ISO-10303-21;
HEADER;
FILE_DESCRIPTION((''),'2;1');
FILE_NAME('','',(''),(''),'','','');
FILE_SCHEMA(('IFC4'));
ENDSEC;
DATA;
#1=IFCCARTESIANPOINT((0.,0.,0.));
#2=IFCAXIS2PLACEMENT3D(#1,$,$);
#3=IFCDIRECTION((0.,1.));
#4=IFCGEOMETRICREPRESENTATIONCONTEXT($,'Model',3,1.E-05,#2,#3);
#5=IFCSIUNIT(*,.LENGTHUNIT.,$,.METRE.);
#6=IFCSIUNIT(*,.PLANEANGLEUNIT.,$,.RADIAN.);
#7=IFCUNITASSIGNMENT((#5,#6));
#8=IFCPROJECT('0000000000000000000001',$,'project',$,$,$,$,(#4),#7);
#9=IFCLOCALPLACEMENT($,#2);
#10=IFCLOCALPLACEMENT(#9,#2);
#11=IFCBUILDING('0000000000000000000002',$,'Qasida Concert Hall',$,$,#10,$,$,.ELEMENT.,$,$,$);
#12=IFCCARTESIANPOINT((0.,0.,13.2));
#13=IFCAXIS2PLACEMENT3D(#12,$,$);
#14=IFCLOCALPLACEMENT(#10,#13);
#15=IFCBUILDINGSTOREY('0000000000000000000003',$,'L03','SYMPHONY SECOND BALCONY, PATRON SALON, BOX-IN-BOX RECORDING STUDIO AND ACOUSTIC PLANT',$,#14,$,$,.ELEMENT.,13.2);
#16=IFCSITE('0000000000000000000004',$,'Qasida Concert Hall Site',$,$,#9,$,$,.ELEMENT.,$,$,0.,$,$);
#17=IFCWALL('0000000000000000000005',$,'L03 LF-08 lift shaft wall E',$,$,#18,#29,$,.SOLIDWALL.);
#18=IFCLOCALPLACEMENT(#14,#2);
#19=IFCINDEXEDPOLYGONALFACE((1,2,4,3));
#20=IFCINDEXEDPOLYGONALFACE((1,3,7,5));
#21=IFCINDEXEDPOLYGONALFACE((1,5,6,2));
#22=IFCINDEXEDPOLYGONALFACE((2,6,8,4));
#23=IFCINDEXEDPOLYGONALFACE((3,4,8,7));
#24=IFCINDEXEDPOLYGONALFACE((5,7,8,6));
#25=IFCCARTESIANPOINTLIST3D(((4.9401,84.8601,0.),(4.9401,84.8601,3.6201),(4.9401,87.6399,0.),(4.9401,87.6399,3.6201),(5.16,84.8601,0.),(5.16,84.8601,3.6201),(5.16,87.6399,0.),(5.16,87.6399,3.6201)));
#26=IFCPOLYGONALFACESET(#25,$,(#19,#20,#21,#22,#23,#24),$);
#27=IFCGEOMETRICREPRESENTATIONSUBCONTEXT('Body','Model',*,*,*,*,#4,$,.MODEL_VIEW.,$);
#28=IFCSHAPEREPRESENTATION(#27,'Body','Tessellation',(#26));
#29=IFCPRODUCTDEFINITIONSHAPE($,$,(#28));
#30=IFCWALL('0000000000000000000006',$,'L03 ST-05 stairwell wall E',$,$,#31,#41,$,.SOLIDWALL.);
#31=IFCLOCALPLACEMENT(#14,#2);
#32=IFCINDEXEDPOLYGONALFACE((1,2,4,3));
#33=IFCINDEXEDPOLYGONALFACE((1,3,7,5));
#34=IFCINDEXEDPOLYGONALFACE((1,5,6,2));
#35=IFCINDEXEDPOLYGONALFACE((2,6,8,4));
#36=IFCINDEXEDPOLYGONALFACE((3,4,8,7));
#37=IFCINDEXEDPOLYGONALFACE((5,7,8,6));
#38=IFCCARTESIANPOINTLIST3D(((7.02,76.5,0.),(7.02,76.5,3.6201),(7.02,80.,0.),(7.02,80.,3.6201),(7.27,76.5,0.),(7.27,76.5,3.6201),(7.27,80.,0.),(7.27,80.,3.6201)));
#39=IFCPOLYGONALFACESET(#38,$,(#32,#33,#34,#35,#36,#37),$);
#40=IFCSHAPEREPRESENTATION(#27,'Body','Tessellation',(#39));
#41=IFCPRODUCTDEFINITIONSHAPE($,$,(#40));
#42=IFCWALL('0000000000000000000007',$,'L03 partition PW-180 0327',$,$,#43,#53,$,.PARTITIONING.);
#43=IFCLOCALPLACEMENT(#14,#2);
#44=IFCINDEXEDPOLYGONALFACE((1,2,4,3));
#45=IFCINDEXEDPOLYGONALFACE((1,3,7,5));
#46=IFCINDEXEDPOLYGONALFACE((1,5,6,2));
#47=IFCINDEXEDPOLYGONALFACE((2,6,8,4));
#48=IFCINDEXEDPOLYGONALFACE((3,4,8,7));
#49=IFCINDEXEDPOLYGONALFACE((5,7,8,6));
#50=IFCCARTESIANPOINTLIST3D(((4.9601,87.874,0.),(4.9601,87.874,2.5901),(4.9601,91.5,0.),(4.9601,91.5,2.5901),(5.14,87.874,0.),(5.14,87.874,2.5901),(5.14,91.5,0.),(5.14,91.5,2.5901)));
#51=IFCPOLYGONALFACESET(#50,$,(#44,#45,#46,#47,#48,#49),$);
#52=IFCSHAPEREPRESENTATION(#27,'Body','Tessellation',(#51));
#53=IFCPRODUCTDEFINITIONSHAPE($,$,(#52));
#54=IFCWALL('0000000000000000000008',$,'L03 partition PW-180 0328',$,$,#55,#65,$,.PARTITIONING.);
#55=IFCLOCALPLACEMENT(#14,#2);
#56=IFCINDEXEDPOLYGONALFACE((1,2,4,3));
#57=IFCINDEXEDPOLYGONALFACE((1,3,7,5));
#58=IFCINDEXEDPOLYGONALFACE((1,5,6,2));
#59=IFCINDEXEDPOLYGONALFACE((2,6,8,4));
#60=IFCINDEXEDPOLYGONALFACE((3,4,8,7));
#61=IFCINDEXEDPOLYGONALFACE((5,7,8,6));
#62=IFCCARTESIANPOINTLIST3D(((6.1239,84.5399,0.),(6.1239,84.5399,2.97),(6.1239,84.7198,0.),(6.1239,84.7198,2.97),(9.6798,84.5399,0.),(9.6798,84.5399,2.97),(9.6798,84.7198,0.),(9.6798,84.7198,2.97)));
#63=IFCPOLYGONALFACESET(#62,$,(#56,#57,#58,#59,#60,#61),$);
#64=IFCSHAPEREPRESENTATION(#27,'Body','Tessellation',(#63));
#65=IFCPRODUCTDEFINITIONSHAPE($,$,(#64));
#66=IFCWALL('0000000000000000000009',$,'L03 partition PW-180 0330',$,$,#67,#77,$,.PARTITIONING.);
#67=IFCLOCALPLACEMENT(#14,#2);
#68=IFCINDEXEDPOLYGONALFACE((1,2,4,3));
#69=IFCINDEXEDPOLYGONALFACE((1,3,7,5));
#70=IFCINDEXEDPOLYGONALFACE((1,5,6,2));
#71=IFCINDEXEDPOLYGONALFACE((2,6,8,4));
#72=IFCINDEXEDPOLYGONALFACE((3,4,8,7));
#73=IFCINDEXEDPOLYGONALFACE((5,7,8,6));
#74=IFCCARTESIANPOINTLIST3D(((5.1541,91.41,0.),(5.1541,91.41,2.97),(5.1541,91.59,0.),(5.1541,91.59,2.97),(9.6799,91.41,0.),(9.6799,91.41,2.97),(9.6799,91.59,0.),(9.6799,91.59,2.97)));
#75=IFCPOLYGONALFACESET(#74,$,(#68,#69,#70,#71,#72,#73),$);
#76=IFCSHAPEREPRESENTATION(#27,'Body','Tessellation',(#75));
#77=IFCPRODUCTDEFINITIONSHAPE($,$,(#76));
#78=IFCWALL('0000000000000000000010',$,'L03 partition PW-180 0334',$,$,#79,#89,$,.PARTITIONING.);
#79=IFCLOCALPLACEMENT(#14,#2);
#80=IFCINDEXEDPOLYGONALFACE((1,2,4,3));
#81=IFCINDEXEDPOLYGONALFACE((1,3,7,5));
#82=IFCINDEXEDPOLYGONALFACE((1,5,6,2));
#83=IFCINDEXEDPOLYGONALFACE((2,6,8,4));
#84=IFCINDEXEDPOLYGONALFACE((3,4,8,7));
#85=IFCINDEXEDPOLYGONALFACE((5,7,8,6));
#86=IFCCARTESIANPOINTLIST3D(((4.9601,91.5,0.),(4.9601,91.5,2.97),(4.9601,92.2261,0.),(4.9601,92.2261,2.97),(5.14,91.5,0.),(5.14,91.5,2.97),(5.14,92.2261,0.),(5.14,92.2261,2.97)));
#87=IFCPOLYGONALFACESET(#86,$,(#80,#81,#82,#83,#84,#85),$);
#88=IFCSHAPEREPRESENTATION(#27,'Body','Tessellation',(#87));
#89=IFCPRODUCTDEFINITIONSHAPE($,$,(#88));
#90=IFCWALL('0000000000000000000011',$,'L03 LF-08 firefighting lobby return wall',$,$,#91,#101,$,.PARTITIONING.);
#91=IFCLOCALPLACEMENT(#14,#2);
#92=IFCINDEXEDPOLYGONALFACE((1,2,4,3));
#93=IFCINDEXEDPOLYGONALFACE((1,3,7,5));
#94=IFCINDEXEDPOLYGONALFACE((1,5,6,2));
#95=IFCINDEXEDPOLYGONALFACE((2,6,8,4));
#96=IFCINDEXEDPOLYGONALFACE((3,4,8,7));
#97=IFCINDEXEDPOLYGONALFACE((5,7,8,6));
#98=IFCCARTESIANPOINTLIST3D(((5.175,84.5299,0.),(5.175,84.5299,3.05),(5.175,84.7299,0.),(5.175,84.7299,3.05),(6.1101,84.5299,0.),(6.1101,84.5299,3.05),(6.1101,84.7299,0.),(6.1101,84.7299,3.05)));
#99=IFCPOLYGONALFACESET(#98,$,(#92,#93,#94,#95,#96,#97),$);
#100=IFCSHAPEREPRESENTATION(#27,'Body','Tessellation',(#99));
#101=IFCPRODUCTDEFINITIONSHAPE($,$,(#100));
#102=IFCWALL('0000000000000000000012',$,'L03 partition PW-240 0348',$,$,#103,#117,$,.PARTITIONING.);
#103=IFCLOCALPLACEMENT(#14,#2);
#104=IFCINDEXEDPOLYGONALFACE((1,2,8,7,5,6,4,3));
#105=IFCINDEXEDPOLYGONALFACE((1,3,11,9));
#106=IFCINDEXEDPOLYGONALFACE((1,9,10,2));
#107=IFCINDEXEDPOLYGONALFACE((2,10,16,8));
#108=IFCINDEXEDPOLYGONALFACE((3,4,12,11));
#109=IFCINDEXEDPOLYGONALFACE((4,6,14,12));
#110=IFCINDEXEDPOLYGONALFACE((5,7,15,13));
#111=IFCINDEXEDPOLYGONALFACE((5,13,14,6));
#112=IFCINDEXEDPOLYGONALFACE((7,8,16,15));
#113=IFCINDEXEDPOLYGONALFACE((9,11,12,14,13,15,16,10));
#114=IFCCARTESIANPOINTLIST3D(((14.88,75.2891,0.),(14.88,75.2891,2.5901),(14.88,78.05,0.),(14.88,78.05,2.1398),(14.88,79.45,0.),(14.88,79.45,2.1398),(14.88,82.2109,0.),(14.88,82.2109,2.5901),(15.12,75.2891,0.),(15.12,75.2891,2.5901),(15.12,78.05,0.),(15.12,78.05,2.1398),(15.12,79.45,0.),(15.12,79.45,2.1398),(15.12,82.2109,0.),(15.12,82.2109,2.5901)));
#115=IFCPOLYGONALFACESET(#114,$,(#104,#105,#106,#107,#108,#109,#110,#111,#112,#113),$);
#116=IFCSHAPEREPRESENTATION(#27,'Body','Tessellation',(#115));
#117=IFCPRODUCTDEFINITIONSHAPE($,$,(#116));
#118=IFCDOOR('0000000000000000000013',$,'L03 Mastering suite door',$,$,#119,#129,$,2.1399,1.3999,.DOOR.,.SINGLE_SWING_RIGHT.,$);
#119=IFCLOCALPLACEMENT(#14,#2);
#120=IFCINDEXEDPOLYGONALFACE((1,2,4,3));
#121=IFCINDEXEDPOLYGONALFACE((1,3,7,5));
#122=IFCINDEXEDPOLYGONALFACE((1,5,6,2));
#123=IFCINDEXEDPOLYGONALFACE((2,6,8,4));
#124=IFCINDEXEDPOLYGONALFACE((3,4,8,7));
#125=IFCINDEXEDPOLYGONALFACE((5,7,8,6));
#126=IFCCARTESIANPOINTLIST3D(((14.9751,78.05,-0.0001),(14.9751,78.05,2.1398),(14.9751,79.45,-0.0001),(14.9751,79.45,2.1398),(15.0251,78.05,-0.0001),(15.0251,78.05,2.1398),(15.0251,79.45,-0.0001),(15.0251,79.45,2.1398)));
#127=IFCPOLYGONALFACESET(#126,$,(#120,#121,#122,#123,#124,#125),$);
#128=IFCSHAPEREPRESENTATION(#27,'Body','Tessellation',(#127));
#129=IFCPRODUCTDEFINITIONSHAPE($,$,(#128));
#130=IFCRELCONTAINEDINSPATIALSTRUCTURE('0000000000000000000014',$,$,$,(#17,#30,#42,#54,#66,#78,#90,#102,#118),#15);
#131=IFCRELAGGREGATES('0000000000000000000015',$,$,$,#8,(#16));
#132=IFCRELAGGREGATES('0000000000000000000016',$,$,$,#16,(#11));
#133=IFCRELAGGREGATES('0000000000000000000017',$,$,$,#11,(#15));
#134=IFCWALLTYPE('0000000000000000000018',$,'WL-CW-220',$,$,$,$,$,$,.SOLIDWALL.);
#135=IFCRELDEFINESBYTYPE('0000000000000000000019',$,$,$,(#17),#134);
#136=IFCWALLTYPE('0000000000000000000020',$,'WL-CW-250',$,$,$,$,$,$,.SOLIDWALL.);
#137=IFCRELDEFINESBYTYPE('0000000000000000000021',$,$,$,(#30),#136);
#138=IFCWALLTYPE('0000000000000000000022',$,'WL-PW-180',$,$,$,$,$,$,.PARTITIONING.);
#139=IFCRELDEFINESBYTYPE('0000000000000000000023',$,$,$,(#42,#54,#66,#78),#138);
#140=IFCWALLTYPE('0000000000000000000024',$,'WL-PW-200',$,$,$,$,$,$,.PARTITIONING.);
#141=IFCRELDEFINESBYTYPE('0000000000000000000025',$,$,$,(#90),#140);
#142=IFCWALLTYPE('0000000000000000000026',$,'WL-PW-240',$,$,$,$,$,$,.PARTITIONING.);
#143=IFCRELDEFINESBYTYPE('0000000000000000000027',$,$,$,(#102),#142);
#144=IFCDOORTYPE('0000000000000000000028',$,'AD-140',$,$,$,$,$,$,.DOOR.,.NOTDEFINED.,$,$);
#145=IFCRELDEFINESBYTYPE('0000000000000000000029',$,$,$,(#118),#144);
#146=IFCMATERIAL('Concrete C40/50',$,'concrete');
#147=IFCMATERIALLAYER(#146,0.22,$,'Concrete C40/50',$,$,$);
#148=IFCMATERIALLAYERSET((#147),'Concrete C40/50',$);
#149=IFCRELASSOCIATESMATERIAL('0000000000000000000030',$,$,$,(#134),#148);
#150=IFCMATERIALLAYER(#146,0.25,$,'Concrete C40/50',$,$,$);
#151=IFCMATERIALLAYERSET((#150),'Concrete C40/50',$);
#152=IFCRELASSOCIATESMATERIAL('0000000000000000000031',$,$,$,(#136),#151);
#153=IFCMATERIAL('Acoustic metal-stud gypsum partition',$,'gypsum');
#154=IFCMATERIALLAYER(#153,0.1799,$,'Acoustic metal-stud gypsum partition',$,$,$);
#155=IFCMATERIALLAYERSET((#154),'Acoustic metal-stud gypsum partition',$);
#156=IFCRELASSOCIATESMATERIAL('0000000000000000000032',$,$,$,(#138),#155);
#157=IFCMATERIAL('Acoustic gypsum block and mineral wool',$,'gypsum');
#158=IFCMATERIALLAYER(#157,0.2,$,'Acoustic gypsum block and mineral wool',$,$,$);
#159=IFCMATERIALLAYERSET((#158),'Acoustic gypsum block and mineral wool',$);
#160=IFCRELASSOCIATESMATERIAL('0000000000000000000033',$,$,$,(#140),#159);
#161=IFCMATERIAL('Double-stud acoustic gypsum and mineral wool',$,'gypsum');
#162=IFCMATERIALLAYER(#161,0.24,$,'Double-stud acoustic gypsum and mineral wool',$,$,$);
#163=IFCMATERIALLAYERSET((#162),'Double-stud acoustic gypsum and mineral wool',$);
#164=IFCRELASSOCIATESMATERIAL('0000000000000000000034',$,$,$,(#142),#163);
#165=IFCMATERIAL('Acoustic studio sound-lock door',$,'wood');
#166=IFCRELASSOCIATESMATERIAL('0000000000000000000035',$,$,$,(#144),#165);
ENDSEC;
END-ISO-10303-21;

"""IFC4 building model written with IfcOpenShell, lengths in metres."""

from ifc_helpers import new_model, si_unit, direction, frame, frame_2d, origin, place, context, subcontext, project, spatial, rectangle, extrude, material, layer, layer_set, type_object, element, fill, save


model = new_model("IFC4")

# Units and contexts
model_context = context("Model", 3, precision=1e-05, world=origin(), true_north=direction((0.0, 1.0)))
body_context = subcontext(model_context, "Body", "Model", "MODEL_VIEW")
ifc_project = project(units=[si_unit("LENGTHUNIT", "METRE"), si_unit("PLANEANGLEUNIT", "RADIAN")], contexts=[model_context])

# Site, building, storey
site_placement = place(None, origin())
site = spatial("IfcSite", under=ifc_project, at=site_placement, Name="Qasida Concert Hall Site", CompositionType="ELEMENT", RefElevation=0.0)
building_placement = place(site_placement, origin())
building = spatial("IfcBuilding", under=site, at=building_placement, Name="Qasida Concert Hall", CompositionType="ELEMENT")
storey_placement = place(building_placement, frame((0.0, 0.0, 13.2)))
storey = spatial("IfcBuildingStorey", under=building, at=storey_placement, Name="L03", Description="SYMPHONY SECOND BALCONY, PATRON SALON, BOX-IN-BOX RECORDING STUDIO AND ACOUSTIC PLANT", CompositionType="ELEMENT", Elevation=13.2)

# Shared definitions
ifc_material_1 = material(Name="Concrete C40/50", Category="concrete")

# Wall
ifc_layer_1 = layer(ifc_material_1, 0.22, Name="Concrete C40/50")
ifc_layer_set_1 = layer_set([ifc_layer_1], Name="Concrete C40/50")
wall_type_1 = type_object("IfcWallType", Name="WL-CW-220", PredefinedType="SOLIDWALL", material=ifc_layer_set_1)
wall_1_placement = place(storey_placement, frame((5.05, 84.8601, 0.0), z_axis=(0.0, 0.0, 1.0), x_axis=(0.0, 1.0, 0.0)))
element("IfcWall", 1, at=wall_1_placement, inside=storey, type_object=wall_type_1, Name="L03 LF-08 lift shaft wall E", PredefinedType="SOLIDWALL", context=body_context, shape_type="SweptSolid", body=[
    extrude(rectangle(XDim=2.7798, YDim=0.22, at=frame_2d((1.3899, 0.0))), origin(), (0.0, 0.0, 1.0), 3.6201),
])

# Walls
ifc_layer_2 = layer(ifc_material_1, 0.25, Name="Concrete C40/50")
ifc_layer_set_2 = layer_set([ifc_layer_2], Name="Concrete C40/50")
wall_type_2 = type_object("IfcWallType", Name="WL-CW-250", PredefinedType="SOLIDWALL", material=ifc_layer_set_2)
wall_2_placement = place(storey_placement, frame((7.145, 76.5, 0.0), z_axis=(0.0, 0.0, 1.0), x_axis=(0.0, 1.0, 0.0)))
element("IfcWall", 2, at=wall_2_placement, inside=storey, type_object=wall_type_2, Name="L03 ST-05 stairwell wall E", PredefinedType="SOLIDWALL", context=body_context, shape_type="SweptSolid", body=[
    extrude(rectangle(XDim=3.5, YDim=0.25, at=frame_2d((1.75, 0.0))), origin(), (0.0, 0.0, 1.0), 3.6201),
])
ifc_material_2 = material(Name="Acoustic metal-stud gypsum partition", Category="gypsum")
ifc_layer_3 = layer(ifc_material_2, 0.1799, Name="Acoustic metal-stud gypsum partition")
ifc_layer_set_3 = layer_set([ifc_layer_3], Name="Acoustic metal-stud gypsum partition")
wall_type_3 = type_object("IfcWallType", Name="WL-PW-180", PredefinedType="PARTITIONING", material=ifc_layer_set_3)
wall_3_placement = place(storey_placement, frame((5.05, 87.874, 0.0), z_axis=(0.0, 0.0, 1.0), x_axis=(0.0, 1.0, 0.0)))
element("IfcWall", 3, at=wall_3_placement, inside=storey, type_object=wall_type_3, Name="L03 partition PW-180 0327", PredefinedType="PARTITIONING", context=body_context, shape_type="SweptSolid", body=[
    extrude(rectangle(XDim=3.626, YDim=0.1799, at=frame_2d((1.813, 0.0))), origin(), (0.0, 0.0, 1.0), 2.5901),
])
wall_4_placement = place(storey_placement, frame((6.124, 84.6299, 0.0), z_axis=(0.0, 0.0, 1.0), x_axis=(1.0, 0.0, 0.0)))
element("IfcWall", 4, at=wall_4_placement, inside=storey, type_object=wall_type_3, Name="L03 partition PW-180 0328", PredefinedType="PARTITIONING", context=body_context, shape_type="SweptSolid", body=[
    extrude(rectangle(XDim=3.5559, YDim=0.1799, at=frame_2d((1.7778, 0.0))), origin(), (0.0, 0.0, 1.0), 2.97),
])
wall_5_placement = place(storey_placement, frame((5.1541, 91.5, 0.0), z_axis=(0.0, 0.0, 1.0), x_axis=(1.0, 0.0, 0.0)))
element("IfcWall", 5, at=wall_5_placement, inside=storey, type_object=wall_type_3, Name="L03 partition PW-180 0330", PredefinedType="PARTITIONING", context=body_context, shape_type="SweptSolid", body=[
    extrude(rectangle(XDim=4.5259, YDim=0.1799, at=frame_2d((2.2629, 0.0))), origin(), (0.0, 0.0, 1.0), 2.97),
])

# Walls
wall_6_placement = place(storey_placement, frame((5.05, 91.5, 0.0), z_axis=(0.0, 0.0, 1.0), x_axis=(0.0, 1.0, 0.0)))
element("IfcWall", 6, at=wall_6_placement, inside=storey, type_object=wall_type_3, Name="L03 partition PW-180 0334", PredefinedType="PARTITIONING", context=body_context, shape_type="SweptSolid", body=[
    extrude(rectangle(XDim=0.7261, YDim=0.1799, at=frame_2d((0.363, 0.0))), origin(), (0.0, 0.0, 1.0), 2.97),
])
ifc_material_3 = material(Name="Acoustic gypsum block and mineral wool", Category="gypsum")
ifc_layer_4 = layer(ifc_material_3, 0.2, Name="Acoustic gypsum block and mineral wool")
ifc_layer_set_4 = layer_set([ifc_layer_4], Name="Acoustic gypsum block and mineral wool")
wall_type_4 = type_object("IfcWallType", Name="WL-PW-200", PredefinedType="PARTITIONING", material=ifc_layer_set_4)
wall_7_placement = place(storey_placement, frame((5.175, 84.6299, 0.0), z_axis=(0.0, 0.0, 1.0), x_axis=(1.0, 0.0, 0.0)))
element("IfcWall", 7, at=wall_7_placement, inside=storey, type_object=wall_type_4, Name="L03 LF-08 firefighting lobby return wall", PredefinedType="PARTITIONING", context=body_context, shape_type="SweptSolid", body=[
    extrude(rectangle(XDim=0.9351, YDim=0.2, at=frame_2d((0.4675, 0.0))), origin(), (0.0, 0.0, 1.0), 3.05),
])

# Wall, opening, door
ifc_material_4 = material(Name="Double-stud acoustic gypsum and mineral wool", Category="gypsum")
ifc_layer_5 = layer(ifc_material_4, 0.24, Name="Double-stud acoustic gypsum and mineral wool")
ifc_layer_set_5 = layer_set([ifc_layer_5], Name="Double-stud acoustic gypsum and mineral wool")
wall_type_5 = type_object("IfcWallType", Name="WL-PW-240", PredefinedType="PARTITIONING", material=ifc_layer_set_5)
wall_8_placement = place(storey_placement, frame((15.0, 75.2891, 0.0), z_axis=(0.0, 0.0, 1.0), x_axis=(0.0, 1.0, 0.0)))
wall_8 = element("IfcWall", 8, at=wall_8_placement, inside=storey, type_object=wall_type_5, Name="L03 partition PW-240 0348", PredefinedType="PARTITIONING", context=body_context, shape_type="SweptSolid", body=[
    extrude(rectangle(XDim=6.9219, YDim=0.24, at=frame_2d((3.4609, 0.0))), origin(), (0.0, 0.0, 1.0), 2.5901),
])
opening_1_placement = place(wall_8_placement, frame((2.761, 0.0, 0.0)))
opening_1 = element("IfcOpeningElement", 9, at=opening_1_placement, cuts=wall_8, PredefinedType="OPENING", context=body_context, shape_type="SweptSolid", body=[
    extrude(rectangle(XDim=1.3999, YDim=2.1399, at=frame_2d((0.7, 1.0698))), frame((0.0, 0.1299, 0.0), z_axis=(0.0, -1.0, 0.0), x_axis=(1.0, 0.0, 0.0)), (0.0, 0.0, 1.0), 0.26),
])
ifc_material_5 = material(Name="Acoustic studio sound-lock door", Category="wood")
door_type_1 = type_object("IfcDoorType", Name="AD-140", OperationType="NOTDEFINED", PredefinedType="DOOR", material=ifc_material_5)
door_1_placement = place(opening_1_placement, origin())
door_1 = element("IfcDoor", 10, at=door_1_placement, inside=storey, type_object=door_type_1, Name="L03 Mastering suite door", OperationType="SINGLE_SWING_RIGHT", OverallHeight=2.1399, OverallWidth=1.3999, PredefinedType="DOOR", context=body_context, shape_type="SweptSolid", body=[
    extrude(rectangle(XDim=1.3999, YDim=2.1399, at=frame_2d((0.7, 1.0698))), frame((0.0, 0.0249, 0.0), z_axis=(0.0, -1.0, 0.0), x_axis=(1.0, 0.0, 0.0)), (0.0, 0.0, 1.0), 0.05),
])
fill(opening_1, door_1)

save(model, "model.ifc")
